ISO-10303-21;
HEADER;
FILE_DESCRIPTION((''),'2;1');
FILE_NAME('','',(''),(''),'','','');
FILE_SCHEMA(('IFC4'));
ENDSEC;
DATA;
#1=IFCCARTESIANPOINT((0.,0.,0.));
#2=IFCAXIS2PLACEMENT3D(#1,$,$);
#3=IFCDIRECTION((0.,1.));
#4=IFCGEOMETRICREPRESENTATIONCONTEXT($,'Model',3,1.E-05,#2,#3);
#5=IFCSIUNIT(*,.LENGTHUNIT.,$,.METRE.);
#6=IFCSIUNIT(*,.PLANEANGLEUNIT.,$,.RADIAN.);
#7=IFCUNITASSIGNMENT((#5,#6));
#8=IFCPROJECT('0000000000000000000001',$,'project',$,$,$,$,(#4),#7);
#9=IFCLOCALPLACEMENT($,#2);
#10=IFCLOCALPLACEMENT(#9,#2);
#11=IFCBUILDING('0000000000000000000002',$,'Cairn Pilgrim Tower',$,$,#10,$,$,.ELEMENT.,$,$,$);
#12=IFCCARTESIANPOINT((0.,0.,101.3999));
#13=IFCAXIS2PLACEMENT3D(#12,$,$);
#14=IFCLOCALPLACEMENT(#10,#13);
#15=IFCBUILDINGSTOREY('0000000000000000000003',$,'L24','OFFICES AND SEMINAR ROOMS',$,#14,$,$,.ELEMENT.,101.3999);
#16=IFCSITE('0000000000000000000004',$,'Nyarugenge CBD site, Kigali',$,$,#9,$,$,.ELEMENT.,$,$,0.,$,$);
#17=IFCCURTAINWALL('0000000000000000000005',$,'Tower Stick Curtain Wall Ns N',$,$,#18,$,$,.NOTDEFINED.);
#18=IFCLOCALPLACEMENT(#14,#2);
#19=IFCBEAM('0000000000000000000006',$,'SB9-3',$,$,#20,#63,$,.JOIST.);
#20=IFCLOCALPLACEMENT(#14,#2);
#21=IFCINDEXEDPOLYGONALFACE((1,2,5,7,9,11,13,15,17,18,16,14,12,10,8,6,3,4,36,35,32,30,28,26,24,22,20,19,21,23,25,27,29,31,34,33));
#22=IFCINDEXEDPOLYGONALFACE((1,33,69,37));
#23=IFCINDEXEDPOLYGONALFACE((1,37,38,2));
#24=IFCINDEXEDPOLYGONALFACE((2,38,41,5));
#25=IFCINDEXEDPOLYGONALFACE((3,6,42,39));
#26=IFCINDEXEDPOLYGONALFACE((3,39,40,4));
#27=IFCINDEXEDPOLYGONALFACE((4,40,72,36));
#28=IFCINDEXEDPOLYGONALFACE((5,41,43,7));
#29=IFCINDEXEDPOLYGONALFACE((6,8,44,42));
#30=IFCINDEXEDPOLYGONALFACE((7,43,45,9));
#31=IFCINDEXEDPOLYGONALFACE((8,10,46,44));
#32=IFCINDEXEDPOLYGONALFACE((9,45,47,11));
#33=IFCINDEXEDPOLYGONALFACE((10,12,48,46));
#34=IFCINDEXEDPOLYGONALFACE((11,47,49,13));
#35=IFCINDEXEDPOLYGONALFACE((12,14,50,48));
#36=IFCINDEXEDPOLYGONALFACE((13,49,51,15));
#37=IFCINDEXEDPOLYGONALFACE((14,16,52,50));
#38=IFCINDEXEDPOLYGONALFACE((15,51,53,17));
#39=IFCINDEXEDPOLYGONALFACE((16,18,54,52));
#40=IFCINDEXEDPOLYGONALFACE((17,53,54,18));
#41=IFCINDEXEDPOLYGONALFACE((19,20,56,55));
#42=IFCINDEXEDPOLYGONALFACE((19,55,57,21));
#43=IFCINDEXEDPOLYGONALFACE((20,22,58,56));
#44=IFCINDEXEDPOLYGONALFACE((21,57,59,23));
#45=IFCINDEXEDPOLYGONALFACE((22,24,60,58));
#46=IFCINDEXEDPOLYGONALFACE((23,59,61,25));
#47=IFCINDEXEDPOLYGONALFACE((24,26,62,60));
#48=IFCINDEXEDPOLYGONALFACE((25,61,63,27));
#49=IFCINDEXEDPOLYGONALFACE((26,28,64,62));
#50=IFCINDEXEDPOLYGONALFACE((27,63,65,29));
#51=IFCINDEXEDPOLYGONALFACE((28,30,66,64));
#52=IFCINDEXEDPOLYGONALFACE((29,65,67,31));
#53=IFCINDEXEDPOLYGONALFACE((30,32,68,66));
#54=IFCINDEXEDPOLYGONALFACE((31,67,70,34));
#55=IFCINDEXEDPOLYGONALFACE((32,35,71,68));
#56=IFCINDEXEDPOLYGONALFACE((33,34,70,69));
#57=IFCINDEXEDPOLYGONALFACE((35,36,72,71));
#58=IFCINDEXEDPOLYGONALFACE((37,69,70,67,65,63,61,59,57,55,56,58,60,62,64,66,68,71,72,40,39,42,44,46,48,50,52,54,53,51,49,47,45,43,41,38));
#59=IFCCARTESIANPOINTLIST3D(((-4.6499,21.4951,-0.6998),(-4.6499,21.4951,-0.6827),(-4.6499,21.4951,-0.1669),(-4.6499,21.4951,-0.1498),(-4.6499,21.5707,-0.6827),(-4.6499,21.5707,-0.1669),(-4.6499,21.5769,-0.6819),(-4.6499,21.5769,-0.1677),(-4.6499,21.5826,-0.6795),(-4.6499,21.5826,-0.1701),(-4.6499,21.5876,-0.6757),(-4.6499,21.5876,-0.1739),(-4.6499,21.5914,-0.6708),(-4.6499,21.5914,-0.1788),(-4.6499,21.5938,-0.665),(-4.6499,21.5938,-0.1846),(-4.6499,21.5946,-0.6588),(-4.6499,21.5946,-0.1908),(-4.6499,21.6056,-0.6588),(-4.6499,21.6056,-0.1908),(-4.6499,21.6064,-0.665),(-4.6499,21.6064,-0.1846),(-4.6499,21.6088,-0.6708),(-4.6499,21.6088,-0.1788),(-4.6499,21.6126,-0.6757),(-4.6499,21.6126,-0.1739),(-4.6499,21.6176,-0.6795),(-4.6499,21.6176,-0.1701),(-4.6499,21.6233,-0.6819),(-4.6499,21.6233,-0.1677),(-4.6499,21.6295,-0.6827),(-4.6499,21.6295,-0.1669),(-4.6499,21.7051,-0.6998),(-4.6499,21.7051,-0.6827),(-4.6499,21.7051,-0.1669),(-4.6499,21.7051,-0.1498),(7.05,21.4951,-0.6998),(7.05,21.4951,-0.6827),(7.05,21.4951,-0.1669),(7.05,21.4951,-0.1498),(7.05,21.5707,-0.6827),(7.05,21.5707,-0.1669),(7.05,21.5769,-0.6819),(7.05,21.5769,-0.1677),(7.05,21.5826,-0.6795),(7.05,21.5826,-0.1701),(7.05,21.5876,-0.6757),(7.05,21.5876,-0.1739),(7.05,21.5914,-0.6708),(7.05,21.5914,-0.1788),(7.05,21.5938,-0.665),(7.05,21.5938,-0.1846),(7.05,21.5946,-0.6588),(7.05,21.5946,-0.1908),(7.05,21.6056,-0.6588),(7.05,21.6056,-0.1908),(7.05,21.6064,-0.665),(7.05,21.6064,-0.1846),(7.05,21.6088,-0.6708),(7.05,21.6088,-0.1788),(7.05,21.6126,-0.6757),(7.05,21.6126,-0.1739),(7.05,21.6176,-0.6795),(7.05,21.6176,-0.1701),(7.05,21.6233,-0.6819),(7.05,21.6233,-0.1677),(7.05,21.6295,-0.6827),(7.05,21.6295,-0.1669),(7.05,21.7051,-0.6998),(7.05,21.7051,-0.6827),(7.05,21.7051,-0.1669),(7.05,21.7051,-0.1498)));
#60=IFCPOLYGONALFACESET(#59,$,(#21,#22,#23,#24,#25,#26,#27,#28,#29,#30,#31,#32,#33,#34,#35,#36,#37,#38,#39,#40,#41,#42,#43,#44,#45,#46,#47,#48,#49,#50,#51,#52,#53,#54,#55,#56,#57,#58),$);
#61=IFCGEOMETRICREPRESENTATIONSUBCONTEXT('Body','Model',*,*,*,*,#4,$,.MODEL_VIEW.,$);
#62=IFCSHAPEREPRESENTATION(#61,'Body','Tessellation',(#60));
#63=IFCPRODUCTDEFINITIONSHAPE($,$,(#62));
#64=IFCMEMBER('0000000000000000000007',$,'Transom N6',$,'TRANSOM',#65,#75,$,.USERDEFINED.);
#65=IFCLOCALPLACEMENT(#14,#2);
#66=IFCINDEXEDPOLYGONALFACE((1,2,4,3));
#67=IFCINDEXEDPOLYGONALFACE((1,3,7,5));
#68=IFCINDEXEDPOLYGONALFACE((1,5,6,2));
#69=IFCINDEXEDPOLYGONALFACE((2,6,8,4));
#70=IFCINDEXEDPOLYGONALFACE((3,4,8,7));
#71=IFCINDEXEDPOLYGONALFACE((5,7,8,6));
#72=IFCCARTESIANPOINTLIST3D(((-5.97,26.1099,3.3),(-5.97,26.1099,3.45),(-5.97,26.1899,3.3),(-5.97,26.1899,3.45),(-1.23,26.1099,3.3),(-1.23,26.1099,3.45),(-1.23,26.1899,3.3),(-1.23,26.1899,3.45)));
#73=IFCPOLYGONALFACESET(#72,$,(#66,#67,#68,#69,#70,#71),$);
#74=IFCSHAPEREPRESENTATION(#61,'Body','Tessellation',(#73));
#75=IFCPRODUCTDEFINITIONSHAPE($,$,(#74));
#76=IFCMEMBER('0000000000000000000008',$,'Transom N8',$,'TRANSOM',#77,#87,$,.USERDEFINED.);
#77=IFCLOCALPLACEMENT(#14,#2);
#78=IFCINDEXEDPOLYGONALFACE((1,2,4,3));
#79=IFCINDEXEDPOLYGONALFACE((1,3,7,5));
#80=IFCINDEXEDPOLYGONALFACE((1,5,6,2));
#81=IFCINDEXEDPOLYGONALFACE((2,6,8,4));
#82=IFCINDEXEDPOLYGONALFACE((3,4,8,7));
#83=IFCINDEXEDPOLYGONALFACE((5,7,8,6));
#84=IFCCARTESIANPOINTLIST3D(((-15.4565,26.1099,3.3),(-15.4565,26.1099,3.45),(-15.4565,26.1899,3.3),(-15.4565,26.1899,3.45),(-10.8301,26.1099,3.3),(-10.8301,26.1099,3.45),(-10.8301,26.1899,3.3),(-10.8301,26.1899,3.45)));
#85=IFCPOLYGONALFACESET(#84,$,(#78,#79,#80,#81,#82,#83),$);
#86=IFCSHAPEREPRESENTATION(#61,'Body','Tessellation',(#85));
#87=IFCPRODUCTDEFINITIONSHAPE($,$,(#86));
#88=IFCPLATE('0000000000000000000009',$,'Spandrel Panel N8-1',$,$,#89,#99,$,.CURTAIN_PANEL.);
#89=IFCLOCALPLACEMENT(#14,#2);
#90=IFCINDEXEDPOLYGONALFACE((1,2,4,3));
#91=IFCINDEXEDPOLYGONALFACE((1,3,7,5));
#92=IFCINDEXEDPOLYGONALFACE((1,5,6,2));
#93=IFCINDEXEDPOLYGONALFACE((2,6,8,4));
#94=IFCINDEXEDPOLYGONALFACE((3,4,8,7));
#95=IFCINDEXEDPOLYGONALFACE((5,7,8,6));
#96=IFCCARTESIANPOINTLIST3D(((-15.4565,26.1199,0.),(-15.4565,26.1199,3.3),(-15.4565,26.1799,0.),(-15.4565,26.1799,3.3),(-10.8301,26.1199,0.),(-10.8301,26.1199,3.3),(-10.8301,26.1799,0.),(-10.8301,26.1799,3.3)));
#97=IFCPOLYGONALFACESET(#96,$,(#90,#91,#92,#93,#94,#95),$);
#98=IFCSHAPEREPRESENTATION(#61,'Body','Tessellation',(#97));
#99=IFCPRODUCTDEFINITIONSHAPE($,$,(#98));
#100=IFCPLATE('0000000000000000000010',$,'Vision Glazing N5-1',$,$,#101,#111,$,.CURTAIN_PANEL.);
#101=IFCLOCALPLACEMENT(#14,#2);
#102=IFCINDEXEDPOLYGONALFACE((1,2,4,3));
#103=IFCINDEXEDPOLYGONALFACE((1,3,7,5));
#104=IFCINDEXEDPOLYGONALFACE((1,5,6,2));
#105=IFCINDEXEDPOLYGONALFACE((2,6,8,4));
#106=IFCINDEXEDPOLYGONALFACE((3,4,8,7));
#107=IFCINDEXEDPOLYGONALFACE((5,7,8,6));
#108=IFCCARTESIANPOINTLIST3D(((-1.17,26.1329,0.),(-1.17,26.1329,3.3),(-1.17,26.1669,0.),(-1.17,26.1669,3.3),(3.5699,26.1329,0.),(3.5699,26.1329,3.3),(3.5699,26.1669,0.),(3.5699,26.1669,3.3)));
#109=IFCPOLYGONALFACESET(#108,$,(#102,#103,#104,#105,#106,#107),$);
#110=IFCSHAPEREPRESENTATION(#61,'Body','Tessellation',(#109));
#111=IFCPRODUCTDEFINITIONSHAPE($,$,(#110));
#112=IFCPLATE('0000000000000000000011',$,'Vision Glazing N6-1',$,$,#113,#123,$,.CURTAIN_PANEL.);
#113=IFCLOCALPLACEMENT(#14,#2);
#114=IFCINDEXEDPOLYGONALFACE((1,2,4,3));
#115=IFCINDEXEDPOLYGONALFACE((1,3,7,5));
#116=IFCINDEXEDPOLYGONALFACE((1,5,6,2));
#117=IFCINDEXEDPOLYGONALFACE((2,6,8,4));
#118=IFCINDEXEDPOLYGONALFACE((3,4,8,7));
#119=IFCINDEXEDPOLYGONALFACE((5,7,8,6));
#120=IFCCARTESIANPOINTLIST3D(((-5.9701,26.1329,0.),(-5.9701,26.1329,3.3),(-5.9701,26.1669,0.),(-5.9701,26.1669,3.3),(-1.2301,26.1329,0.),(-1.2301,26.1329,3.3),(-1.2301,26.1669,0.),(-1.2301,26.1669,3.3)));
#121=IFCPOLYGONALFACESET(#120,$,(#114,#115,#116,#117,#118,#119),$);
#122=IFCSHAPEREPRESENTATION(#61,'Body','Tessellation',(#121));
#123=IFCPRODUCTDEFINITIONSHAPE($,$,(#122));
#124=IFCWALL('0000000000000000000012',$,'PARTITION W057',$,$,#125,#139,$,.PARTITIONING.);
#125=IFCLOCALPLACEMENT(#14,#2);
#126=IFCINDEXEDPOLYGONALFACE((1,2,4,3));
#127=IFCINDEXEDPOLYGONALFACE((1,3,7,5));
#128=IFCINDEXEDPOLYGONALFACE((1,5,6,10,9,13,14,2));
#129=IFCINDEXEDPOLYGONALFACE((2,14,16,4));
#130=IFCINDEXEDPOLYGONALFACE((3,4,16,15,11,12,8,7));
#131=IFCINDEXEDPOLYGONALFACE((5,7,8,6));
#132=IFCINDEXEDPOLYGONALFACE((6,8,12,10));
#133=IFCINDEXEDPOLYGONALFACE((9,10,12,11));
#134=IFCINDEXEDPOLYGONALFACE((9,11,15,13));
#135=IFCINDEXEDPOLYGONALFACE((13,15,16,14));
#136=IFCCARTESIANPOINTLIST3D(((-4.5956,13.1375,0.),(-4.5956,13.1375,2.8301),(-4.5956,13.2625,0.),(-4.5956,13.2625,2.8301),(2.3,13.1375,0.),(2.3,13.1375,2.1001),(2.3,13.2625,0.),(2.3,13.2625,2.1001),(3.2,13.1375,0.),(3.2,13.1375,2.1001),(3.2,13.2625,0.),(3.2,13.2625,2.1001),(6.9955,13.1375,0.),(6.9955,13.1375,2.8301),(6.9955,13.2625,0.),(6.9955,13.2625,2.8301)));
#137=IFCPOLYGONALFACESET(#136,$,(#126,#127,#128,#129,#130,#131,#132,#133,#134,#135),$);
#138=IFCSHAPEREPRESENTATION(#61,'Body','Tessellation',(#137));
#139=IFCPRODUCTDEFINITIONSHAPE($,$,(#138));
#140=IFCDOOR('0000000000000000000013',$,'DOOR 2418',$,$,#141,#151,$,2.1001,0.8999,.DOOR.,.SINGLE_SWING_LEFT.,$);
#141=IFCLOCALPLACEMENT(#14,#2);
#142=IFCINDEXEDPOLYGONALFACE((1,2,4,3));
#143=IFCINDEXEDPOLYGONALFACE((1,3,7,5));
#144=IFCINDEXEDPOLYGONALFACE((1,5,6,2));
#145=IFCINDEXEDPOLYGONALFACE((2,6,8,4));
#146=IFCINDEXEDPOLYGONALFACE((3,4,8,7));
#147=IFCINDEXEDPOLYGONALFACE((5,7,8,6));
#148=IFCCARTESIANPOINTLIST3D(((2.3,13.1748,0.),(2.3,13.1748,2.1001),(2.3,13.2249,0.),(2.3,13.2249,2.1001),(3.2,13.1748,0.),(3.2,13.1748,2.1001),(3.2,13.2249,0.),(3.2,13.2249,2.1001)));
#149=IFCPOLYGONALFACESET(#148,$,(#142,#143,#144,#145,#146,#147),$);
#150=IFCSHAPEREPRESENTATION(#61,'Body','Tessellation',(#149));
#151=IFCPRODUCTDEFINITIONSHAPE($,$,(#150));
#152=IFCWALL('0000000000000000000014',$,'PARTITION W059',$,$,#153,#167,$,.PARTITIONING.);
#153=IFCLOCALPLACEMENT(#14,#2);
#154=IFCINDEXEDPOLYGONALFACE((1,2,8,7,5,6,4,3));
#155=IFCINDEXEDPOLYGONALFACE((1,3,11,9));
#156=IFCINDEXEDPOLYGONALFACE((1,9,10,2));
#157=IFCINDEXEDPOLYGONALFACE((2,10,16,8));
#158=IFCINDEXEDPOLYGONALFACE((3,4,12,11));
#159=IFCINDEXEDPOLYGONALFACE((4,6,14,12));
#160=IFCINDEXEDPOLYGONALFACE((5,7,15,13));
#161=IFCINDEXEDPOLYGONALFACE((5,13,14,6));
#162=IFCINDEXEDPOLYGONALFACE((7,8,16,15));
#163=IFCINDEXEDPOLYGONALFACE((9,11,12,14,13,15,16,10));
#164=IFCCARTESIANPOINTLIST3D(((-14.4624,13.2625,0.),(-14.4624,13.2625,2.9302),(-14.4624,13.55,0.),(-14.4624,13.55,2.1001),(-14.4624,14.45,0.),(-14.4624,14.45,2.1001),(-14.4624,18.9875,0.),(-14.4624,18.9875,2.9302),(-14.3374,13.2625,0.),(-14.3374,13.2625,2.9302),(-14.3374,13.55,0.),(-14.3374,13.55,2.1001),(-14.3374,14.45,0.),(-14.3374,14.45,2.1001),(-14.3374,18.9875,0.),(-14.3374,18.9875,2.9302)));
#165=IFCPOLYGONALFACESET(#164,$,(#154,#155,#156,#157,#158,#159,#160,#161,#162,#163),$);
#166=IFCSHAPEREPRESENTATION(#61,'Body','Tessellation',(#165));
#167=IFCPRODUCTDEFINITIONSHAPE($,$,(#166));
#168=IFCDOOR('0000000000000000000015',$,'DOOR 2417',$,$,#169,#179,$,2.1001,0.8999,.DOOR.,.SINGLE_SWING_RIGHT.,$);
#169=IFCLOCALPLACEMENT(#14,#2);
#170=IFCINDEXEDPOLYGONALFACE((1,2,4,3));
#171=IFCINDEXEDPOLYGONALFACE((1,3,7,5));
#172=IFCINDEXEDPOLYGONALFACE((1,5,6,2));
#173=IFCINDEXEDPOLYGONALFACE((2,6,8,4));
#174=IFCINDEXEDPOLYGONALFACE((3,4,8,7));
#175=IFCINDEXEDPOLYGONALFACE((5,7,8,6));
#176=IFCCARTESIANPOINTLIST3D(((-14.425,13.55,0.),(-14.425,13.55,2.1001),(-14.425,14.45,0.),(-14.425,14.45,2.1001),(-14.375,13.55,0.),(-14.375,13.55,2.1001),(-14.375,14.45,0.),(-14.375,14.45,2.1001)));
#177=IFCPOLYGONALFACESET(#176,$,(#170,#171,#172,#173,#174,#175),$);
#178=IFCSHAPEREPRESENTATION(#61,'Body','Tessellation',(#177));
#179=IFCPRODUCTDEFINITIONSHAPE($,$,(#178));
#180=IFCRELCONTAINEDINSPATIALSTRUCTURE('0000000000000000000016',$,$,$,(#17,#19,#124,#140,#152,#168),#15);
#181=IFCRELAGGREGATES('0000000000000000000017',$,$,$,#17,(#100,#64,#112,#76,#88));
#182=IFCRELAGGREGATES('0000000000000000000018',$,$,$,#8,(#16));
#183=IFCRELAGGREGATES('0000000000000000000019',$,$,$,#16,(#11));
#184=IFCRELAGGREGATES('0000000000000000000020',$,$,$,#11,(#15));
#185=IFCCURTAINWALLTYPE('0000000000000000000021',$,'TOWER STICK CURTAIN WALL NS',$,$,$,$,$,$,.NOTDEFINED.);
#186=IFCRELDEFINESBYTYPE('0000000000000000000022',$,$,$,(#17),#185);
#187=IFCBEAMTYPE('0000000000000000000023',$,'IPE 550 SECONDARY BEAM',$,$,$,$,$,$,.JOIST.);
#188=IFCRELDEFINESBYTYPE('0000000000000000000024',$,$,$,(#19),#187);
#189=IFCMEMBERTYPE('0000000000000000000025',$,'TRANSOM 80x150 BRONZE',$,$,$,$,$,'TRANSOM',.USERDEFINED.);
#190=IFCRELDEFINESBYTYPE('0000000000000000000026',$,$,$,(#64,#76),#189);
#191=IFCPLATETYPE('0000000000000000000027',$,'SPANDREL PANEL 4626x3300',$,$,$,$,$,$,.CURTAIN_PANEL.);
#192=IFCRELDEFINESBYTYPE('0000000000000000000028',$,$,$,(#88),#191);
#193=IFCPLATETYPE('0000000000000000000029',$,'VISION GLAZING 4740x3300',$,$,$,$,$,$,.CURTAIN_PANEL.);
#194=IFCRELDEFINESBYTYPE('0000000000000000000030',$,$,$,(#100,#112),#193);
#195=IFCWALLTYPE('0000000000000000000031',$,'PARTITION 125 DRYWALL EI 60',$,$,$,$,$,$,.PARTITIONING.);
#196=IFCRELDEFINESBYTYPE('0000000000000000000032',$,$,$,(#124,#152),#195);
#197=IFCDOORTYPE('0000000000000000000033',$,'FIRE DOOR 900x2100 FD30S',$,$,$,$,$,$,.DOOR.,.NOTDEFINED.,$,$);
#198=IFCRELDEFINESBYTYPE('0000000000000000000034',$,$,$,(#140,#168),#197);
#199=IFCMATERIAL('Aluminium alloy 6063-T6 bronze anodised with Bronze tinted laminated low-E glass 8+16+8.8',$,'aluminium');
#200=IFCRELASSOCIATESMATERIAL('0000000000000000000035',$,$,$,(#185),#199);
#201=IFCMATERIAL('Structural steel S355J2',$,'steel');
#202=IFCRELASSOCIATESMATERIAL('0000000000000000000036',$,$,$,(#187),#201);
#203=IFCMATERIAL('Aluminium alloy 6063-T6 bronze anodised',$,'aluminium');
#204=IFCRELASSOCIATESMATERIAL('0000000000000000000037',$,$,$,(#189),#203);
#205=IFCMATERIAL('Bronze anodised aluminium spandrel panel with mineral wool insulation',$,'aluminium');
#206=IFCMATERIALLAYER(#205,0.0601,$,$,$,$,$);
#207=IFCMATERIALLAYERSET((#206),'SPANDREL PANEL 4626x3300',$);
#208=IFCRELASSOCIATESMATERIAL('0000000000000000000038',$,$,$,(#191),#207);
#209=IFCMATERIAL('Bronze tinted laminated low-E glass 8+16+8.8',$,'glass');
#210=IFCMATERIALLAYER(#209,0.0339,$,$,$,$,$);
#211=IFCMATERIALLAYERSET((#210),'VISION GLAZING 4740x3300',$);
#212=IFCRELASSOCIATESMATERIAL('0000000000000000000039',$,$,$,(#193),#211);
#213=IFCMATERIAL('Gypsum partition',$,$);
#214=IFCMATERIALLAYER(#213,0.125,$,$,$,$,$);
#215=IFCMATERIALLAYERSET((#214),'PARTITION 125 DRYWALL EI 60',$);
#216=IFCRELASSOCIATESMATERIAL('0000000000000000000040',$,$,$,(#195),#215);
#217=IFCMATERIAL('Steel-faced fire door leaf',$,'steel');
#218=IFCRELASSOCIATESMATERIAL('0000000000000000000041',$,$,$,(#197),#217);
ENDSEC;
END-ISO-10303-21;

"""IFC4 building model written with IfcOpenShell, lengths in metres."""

from ifc_helpers import new_model, si_unit, direction, frame, frame_2d, origin, origin_2d, place, context, subcontext, project, spatial, rectangle, i_section, extrude, material, layer, layer_set, material_profile, profile_set, type_object, element, fill, aggregate, save


model = new_model("IFC4")

# Units and contexts
model_context = context("Model", 3, precision=1e-05, world=origin(), true_north=direction((0.0, 1.0)))
body_context = subcontext(model_context, "Body", "Model", "MODEL_VIEW")
ifc_project = project(units=[si_unit("LENGTHUNIT", "METRE"), si_unit("PLANEANGLEUNIT", "RADIAN")], contexts=[model_context])

# Site, building, storey
site_placement = place(None, origin())
site = spatial("IfcSite", under=ifc_project, at=site_placement, Name="Nyarugenge CBD site, Kigali", CompositionType="ELEMENT", RefElevation=0.0)
building_placement = place(site_placement, origin())
building = spatial("IfcBuilding", under=site, at=building_placement, Name="Cairn Pilgrim Tower", CompositionType="ELEMENT")
storey_placement = place(building_placement, frame((0.0, 0.0, 101.3999)))
storey = spatial("IfcBuildingStorey", under=building, at=storey_placement, Name="L24", Description="OFFICES AND SEMINAR ROOMS", CompositionType="ELEMENT", Elevation=101.3999)

# Curtain wall
ifc_material_1 = material(Name="Aluminium alloy 6063-T6 bronze anodised with Bronze tinted laminated low-E glass 8+16+8.8", Category="aluminium")
curtain_wall_type = type_object("IfcCurtainWallType", Name="TOWER STICK CURTAIN WALL NS", PredefinedType="NOTDEFINED", material=ifc_material_1)
curtain_wall_placement = place(storey_placement, origin())
curtain_wall = element("IfcCurtainWall", 1, at=curtain_wall_placement, inside=storey, type_object=curtain_wall_type, Name="Tower Stick Curtain Wall Ns N", PredefinedType="NOTDEFINED")
ifc_material_2 = material(Name="Aluminium alloy 6063-T6 bronze anodised", Category="aluminium")

# Beam
ifc_material_3 = material(Name="Structural steel S355J2", Category="steel")
ifc_material_profile_1 = material_profile(ifc_material_3, i_section(OverallWidth=0.21, OverallDepth=0.55, WebThickness=0.011, FlangeThickness=0.0171, FilletRadius=0.0239, at=origin_2d()), Name="IPE 550")
ifc_profile_set_1 = profile_set([ifc_material_profile_1], Name="Structural steel S355J2")
beam_type_1 = type_object("IfcBeamType", Name="IPE 550 SECONDARY BEAM", PredefinedType="JOIST", material=ifc_profile_set_1)
for number, where, z_axis, x_axis, name in (
    (2, (-4.6499, 21.6001, -0.4248), (1.0, 0.0, 0.0), (0.0, 1.0, 0.0), "SB9-3"),
):
    element("IfcBeam", number, at=place(storey_placement, frame(where, z_axis=z_axis, x_axis=x_axis)), inside=storey, type_object=beam_type_1, Name=name, PredefinedType="JOIST", context=body_context, shape_type="SweptSolid", body=[
        extrude(i_section(OverallWidth=0.21, OverallDepth=0.55, WebThickness=0.011, FlangeThickness=0.0171, FilletRadius=0.0239, at=origin_2d()), origin(), (0.0, 0.0, 1.0), 11.7),
    ])

# Members
ifc_material_profile_2 = material_profile(ifc_material_2, rectangle(XDim=0.0801, YDim=0.1499, at=origin_2d()), Name="TRANSOM 80x150 BRONZE")
ifc_profile_set_2 = profile_set([ifc_material_profile_2], Name="Aluminium alloy 6063-T6 bronze anodised")
member_type_1 = type_object("IfcMemberType", Name="TRANSOM 80x150 BRONZE", ElementType="TRANSOM", PredefinedType="USERDEFINED", material=ifc_profile_set_2)
member_1_placement = place(storey_placement, frame((-1.23, 26.1499, 3.375), z_axis=(-1.0, 0.0, 0.0), x_axis=(0.0, -1.0, 0.0)))
member_1 = element("IfcMember", 3, at=member_1_placement, type_object=member_type_1, Name="Transom N6", ObjectType="TRANSOM", PredefinedType="USERDEFINED", context=body_context, shape_type="SweptSolid", body=[
    extrude(rectangle(XDim=0.0801, YDim=0.1499, at=origin_2d()), origin(), (0.0, 0.0, 1.0), 4.74),
])
member_2_placement = place(storey_placement, frame((-10.8301, 26.1499, 3.375), z_axis=(-1.0, 0.0, 0.0), x_axis=(0.0, -1.0, 0.0)))
member_2 = element("IfcMember", 4, at=member_2_placement, type_object=member_type_1, Name="Transom N8", ObjectType="TRANSOM", PredefinedType="USERDEFINED", context=body_context, shape_type="SweptSolid", body=[
    extrude(rectangle(XDim=0.0801, YDim=0.1499, at=origin_2d()), origin(), (0.0, 0.0, 1.0), 4.6265),
])

# Plates
ifc_material_4 = material(Name="Bronze anodised aluminium spandrel panel with mineral wool insulation", Category="aluminium")
ifc_layer_1 = layer(ifc_material_4, 0.0601)
ifc_layer_set_1 = layer_set([ifc_layer_1], Name="SPANDREL PANEL 4626x3300")
plate_type_1 = type_object("IfcPlateType", Name="SPANDREL PANEL 4626x3300", PredefinedType="CURTAIN_PANEL", material=ifc_layer_set_1)
plate_1_placement = place(storey_placement, frame((-13.1433, 26.1499, 0.0), z_axis=(0.0, 0.0, 1.0), x_axis=(-1.0, 0.0, 0.0)))
plate_1 = element("IfcPlate", 5, at=plate_1_placement, type_object=plate_type_1, Name="Spandrel Panel N8-1", PredefinedType="CURTAIN_PANEL", context=body_context, shape_type="SweptSolid", body=[
    extrude(rectangle(XDim=4.6265, YDim=0.0601, at=origin_2d()), origin(), (0.0, 0.0, 1.0), 3.3),
])
ifc_material_5 = material(Name="Bronze tinted laminated low-E glass 8+16+8.8", Category="glass")
ifc_layer_2 = layer(ifc_material_5, 0.0339)
ifc_layer_set_2 = layer_set([ifc_layer_2], Name="VISION GLAZING 4740x3300")
plate_type_2 = type_object("IfcPlateType", Name="VISION GLAZING 4740x3300", PredefinedType="CURTAIN_PANEL", material=ifc_layer_set_2)
plate_2_placement = place(storey_placement, frame((1.2, 26.1499, 0.0), z_axis=(0.0, 0.0, 1.0), x_axis=(-1.0, 0.0, 0.0)))
plate_2 = element("IfcPlate", 6, at=plate_2_placement, type_object=plate_type_2, Name="Vision Glazing N5-1", PredefinedType="CURTAIN_PANEL", context=body_context, shape_type="SweptSolid", body=[
    extrude(rectangle(XDim=4.74, YDim=0.0339, at=origin_2d()), origin(), (0.0, 0.0, 1.0), 3.3),
])
plate_3_placement = place(storey_placement, frame((-3.6001, 26.1499, 0.0), z_axis=(0.0, 0.0, 1.0), x_axis=(-1.0, 0.0, 0.0)))
plate_3 = element("IfcPlate", 7, at=plate_3_placement, type_object=plate_type_2, Name="Vision Glazing N6-1", PredefinedType="CURTAIN_PANEL", context=body_context, shape_type="SweptSolid", body=[
    extrude(rectangle(XDim=4.74, YDim=0.0339, at=origin_2d()), origin(), (0.0, 0.0, 1.0), 3.3),
])
aggregate(curtain_wall, [plate_2, member_1, plate_3, member_2, plate_1])

# Walls, openings, doors
ifc_material_6 = material(Name="Gypsum partition")
ifc_layer_3 = layer(ifc_material_6, 0.125)
ifc_layer_set_3 = layer_set([ifc_layer_3], Name="PARTITION 125 DRYWALL EI 60")
wall_type_1 = type_object("IfcWallType", Name="PARTITION 125 DRYWALL EI 60", PredefinedType="PARTITIONING", material=ifc_layer_set_3)
wall_1_placement = place(storey_placement, frame((-4.5955, 13.2, 0.0), z_axis=(0.0, 0.0, 1.0), x_axis=(1.0, 0.0, 0.0)))
wall_1 = element("IfcWall", 8, at=wall_1_placement, inside=storey, type_object=wall_type_1, Name="PARTITION W057", PredefinedType="PARTITIONING", context=body_context, shape_type="SweptSolid", body=[
    extrude(rectangle(XDim=11.5911, YDim=0.125, at=frame_2d((5.7954, 0.0))), origin(), (0.0, 0.0, 1.0), 2.8301),
])
opening_1_placement = place(wall_1_placement, frame((6.8955, 0.0, 0.0)))
opening_1 = element("IfcOpeningElement", 9, at=opening_1_placement, cuts=wall_1, PredefinedType="OPENING", context=body_context, shape_type="SweptSolid", body=[
    extrude(rectangle(XDim=0.8999, YDim=2.1001, at=frame_2d((0.45, 1.05))), frame((0.0, 0.0725, 0.0), z_axis=(0.0, -1.0, 0.0), x_axis=(1.0, 0.0, 0.0)), (0.0, 0.0, 1.0), 0.145),
])
ifc_material_7 = material(Name="Steel-faced fire door leaf", Category="steel")
door_type_1 = type_object("IfcDoorType", Name="FIRE DOOR 900x2100 FD30S", OperationType="NOTDEFINED", PredefinedType="DOOR", material=ifc_material_7)
door_1_placement = place(opening_1_placement, origin())
door_1 = element("IfcDoor", 10, at=door_1_placement, inside=storey, type_object=door_type_1, Name="DOOR 2418", OperationType="SINGLE_SWING_LEFT", OverallHeight=2.1001, OverallWidth=0.8999, PredefinedType="DOOR", context=body_context, shape_type="SweptSolid", body=[
    extrude(rectangle(XDim=0.8999, YDim=2.1001, at=frame_2d((0.45, 1.05))), frame((0.0, 0.0249, 0.0), z_axis=(0.0, -1.0, 0.0), x_axis=(1.0, 0.0, 0.0)), (0.0, 0.0, 1.0), 0.05),
])
fill(opening_1, door_1)
wall_2_placement = place(storey_placement, frame((-14.3999, 13.2625, 0.0), z_axis=(0.0, 0.0, 1.0), x_axis=(0.0, 1.0, 0.0)))
wall_2 = element("IfcWall", 11, at=wall_2_placement, inside=storey, type_object=wall_type_1, Name="PARTITION W059", PredefinedType="PARTITIONING", context=body_context, shape_type="SweptSolid", body=[
    extrude(rectangle(XDim=5.7251, YDim=0.125, at=frame_2d((2.8625, 0.0))), origin(), (0.0, 0.0, 1.0), 2.9302),
])
opening_2_placement = place(wall_2_placement, frame((0.2876, 0.0, 0.0)))
opening_2 = element("IfcOpeningElement", 12, at=opening_2_placement, cuts=wall_2, PredefinedType="OPENING", context=body_context, shape_type="SweptSolid", body=[
    extrude(rectangle(XDim=0.8999, YDim=2.1001, at=frame_2d((0.45, 1.05))), frame((0.0, 0.0725, 0.0), z_axis=(0.0, -1.0, 0.0), x_axis=(1.0, 0.0, 0.0)), (0.0, 0.0, 1.0), 0.145),
])
door_2_placement = place(opening_2_placement, frame((0.8999, 0.0, 0.0), z_axis=(0.0, 0.0, 1.0), x_axis=(-1.0, 0.0, 0.0)))
door_2 = element("IfcDoor", 13, at=door_2_placement, inside=storey, type_object=door_type_1, Name="DOOR 2417", OperationType="SINGLE_SWING_RIGHT", OverallHeight=2.1001, OverallWidth=0.8999, PredefinedType="DOOR", context=body_context, shape_type="SweptSolid", body=[
    extrude(rectangle(XDim=0.8999, YDim=2.1001, at=frame_2d((0.45, 1.05))), frame((0.0, 0.0249, 0.0), z_axis=(0.0, -1.0, 0.0), x_axis=(1.0, 0.0, 0.0)), (0.0, 0.0, 1.0), 0.05),
])
fill(opening_2, door_2)

save(model, "model.ifc")
